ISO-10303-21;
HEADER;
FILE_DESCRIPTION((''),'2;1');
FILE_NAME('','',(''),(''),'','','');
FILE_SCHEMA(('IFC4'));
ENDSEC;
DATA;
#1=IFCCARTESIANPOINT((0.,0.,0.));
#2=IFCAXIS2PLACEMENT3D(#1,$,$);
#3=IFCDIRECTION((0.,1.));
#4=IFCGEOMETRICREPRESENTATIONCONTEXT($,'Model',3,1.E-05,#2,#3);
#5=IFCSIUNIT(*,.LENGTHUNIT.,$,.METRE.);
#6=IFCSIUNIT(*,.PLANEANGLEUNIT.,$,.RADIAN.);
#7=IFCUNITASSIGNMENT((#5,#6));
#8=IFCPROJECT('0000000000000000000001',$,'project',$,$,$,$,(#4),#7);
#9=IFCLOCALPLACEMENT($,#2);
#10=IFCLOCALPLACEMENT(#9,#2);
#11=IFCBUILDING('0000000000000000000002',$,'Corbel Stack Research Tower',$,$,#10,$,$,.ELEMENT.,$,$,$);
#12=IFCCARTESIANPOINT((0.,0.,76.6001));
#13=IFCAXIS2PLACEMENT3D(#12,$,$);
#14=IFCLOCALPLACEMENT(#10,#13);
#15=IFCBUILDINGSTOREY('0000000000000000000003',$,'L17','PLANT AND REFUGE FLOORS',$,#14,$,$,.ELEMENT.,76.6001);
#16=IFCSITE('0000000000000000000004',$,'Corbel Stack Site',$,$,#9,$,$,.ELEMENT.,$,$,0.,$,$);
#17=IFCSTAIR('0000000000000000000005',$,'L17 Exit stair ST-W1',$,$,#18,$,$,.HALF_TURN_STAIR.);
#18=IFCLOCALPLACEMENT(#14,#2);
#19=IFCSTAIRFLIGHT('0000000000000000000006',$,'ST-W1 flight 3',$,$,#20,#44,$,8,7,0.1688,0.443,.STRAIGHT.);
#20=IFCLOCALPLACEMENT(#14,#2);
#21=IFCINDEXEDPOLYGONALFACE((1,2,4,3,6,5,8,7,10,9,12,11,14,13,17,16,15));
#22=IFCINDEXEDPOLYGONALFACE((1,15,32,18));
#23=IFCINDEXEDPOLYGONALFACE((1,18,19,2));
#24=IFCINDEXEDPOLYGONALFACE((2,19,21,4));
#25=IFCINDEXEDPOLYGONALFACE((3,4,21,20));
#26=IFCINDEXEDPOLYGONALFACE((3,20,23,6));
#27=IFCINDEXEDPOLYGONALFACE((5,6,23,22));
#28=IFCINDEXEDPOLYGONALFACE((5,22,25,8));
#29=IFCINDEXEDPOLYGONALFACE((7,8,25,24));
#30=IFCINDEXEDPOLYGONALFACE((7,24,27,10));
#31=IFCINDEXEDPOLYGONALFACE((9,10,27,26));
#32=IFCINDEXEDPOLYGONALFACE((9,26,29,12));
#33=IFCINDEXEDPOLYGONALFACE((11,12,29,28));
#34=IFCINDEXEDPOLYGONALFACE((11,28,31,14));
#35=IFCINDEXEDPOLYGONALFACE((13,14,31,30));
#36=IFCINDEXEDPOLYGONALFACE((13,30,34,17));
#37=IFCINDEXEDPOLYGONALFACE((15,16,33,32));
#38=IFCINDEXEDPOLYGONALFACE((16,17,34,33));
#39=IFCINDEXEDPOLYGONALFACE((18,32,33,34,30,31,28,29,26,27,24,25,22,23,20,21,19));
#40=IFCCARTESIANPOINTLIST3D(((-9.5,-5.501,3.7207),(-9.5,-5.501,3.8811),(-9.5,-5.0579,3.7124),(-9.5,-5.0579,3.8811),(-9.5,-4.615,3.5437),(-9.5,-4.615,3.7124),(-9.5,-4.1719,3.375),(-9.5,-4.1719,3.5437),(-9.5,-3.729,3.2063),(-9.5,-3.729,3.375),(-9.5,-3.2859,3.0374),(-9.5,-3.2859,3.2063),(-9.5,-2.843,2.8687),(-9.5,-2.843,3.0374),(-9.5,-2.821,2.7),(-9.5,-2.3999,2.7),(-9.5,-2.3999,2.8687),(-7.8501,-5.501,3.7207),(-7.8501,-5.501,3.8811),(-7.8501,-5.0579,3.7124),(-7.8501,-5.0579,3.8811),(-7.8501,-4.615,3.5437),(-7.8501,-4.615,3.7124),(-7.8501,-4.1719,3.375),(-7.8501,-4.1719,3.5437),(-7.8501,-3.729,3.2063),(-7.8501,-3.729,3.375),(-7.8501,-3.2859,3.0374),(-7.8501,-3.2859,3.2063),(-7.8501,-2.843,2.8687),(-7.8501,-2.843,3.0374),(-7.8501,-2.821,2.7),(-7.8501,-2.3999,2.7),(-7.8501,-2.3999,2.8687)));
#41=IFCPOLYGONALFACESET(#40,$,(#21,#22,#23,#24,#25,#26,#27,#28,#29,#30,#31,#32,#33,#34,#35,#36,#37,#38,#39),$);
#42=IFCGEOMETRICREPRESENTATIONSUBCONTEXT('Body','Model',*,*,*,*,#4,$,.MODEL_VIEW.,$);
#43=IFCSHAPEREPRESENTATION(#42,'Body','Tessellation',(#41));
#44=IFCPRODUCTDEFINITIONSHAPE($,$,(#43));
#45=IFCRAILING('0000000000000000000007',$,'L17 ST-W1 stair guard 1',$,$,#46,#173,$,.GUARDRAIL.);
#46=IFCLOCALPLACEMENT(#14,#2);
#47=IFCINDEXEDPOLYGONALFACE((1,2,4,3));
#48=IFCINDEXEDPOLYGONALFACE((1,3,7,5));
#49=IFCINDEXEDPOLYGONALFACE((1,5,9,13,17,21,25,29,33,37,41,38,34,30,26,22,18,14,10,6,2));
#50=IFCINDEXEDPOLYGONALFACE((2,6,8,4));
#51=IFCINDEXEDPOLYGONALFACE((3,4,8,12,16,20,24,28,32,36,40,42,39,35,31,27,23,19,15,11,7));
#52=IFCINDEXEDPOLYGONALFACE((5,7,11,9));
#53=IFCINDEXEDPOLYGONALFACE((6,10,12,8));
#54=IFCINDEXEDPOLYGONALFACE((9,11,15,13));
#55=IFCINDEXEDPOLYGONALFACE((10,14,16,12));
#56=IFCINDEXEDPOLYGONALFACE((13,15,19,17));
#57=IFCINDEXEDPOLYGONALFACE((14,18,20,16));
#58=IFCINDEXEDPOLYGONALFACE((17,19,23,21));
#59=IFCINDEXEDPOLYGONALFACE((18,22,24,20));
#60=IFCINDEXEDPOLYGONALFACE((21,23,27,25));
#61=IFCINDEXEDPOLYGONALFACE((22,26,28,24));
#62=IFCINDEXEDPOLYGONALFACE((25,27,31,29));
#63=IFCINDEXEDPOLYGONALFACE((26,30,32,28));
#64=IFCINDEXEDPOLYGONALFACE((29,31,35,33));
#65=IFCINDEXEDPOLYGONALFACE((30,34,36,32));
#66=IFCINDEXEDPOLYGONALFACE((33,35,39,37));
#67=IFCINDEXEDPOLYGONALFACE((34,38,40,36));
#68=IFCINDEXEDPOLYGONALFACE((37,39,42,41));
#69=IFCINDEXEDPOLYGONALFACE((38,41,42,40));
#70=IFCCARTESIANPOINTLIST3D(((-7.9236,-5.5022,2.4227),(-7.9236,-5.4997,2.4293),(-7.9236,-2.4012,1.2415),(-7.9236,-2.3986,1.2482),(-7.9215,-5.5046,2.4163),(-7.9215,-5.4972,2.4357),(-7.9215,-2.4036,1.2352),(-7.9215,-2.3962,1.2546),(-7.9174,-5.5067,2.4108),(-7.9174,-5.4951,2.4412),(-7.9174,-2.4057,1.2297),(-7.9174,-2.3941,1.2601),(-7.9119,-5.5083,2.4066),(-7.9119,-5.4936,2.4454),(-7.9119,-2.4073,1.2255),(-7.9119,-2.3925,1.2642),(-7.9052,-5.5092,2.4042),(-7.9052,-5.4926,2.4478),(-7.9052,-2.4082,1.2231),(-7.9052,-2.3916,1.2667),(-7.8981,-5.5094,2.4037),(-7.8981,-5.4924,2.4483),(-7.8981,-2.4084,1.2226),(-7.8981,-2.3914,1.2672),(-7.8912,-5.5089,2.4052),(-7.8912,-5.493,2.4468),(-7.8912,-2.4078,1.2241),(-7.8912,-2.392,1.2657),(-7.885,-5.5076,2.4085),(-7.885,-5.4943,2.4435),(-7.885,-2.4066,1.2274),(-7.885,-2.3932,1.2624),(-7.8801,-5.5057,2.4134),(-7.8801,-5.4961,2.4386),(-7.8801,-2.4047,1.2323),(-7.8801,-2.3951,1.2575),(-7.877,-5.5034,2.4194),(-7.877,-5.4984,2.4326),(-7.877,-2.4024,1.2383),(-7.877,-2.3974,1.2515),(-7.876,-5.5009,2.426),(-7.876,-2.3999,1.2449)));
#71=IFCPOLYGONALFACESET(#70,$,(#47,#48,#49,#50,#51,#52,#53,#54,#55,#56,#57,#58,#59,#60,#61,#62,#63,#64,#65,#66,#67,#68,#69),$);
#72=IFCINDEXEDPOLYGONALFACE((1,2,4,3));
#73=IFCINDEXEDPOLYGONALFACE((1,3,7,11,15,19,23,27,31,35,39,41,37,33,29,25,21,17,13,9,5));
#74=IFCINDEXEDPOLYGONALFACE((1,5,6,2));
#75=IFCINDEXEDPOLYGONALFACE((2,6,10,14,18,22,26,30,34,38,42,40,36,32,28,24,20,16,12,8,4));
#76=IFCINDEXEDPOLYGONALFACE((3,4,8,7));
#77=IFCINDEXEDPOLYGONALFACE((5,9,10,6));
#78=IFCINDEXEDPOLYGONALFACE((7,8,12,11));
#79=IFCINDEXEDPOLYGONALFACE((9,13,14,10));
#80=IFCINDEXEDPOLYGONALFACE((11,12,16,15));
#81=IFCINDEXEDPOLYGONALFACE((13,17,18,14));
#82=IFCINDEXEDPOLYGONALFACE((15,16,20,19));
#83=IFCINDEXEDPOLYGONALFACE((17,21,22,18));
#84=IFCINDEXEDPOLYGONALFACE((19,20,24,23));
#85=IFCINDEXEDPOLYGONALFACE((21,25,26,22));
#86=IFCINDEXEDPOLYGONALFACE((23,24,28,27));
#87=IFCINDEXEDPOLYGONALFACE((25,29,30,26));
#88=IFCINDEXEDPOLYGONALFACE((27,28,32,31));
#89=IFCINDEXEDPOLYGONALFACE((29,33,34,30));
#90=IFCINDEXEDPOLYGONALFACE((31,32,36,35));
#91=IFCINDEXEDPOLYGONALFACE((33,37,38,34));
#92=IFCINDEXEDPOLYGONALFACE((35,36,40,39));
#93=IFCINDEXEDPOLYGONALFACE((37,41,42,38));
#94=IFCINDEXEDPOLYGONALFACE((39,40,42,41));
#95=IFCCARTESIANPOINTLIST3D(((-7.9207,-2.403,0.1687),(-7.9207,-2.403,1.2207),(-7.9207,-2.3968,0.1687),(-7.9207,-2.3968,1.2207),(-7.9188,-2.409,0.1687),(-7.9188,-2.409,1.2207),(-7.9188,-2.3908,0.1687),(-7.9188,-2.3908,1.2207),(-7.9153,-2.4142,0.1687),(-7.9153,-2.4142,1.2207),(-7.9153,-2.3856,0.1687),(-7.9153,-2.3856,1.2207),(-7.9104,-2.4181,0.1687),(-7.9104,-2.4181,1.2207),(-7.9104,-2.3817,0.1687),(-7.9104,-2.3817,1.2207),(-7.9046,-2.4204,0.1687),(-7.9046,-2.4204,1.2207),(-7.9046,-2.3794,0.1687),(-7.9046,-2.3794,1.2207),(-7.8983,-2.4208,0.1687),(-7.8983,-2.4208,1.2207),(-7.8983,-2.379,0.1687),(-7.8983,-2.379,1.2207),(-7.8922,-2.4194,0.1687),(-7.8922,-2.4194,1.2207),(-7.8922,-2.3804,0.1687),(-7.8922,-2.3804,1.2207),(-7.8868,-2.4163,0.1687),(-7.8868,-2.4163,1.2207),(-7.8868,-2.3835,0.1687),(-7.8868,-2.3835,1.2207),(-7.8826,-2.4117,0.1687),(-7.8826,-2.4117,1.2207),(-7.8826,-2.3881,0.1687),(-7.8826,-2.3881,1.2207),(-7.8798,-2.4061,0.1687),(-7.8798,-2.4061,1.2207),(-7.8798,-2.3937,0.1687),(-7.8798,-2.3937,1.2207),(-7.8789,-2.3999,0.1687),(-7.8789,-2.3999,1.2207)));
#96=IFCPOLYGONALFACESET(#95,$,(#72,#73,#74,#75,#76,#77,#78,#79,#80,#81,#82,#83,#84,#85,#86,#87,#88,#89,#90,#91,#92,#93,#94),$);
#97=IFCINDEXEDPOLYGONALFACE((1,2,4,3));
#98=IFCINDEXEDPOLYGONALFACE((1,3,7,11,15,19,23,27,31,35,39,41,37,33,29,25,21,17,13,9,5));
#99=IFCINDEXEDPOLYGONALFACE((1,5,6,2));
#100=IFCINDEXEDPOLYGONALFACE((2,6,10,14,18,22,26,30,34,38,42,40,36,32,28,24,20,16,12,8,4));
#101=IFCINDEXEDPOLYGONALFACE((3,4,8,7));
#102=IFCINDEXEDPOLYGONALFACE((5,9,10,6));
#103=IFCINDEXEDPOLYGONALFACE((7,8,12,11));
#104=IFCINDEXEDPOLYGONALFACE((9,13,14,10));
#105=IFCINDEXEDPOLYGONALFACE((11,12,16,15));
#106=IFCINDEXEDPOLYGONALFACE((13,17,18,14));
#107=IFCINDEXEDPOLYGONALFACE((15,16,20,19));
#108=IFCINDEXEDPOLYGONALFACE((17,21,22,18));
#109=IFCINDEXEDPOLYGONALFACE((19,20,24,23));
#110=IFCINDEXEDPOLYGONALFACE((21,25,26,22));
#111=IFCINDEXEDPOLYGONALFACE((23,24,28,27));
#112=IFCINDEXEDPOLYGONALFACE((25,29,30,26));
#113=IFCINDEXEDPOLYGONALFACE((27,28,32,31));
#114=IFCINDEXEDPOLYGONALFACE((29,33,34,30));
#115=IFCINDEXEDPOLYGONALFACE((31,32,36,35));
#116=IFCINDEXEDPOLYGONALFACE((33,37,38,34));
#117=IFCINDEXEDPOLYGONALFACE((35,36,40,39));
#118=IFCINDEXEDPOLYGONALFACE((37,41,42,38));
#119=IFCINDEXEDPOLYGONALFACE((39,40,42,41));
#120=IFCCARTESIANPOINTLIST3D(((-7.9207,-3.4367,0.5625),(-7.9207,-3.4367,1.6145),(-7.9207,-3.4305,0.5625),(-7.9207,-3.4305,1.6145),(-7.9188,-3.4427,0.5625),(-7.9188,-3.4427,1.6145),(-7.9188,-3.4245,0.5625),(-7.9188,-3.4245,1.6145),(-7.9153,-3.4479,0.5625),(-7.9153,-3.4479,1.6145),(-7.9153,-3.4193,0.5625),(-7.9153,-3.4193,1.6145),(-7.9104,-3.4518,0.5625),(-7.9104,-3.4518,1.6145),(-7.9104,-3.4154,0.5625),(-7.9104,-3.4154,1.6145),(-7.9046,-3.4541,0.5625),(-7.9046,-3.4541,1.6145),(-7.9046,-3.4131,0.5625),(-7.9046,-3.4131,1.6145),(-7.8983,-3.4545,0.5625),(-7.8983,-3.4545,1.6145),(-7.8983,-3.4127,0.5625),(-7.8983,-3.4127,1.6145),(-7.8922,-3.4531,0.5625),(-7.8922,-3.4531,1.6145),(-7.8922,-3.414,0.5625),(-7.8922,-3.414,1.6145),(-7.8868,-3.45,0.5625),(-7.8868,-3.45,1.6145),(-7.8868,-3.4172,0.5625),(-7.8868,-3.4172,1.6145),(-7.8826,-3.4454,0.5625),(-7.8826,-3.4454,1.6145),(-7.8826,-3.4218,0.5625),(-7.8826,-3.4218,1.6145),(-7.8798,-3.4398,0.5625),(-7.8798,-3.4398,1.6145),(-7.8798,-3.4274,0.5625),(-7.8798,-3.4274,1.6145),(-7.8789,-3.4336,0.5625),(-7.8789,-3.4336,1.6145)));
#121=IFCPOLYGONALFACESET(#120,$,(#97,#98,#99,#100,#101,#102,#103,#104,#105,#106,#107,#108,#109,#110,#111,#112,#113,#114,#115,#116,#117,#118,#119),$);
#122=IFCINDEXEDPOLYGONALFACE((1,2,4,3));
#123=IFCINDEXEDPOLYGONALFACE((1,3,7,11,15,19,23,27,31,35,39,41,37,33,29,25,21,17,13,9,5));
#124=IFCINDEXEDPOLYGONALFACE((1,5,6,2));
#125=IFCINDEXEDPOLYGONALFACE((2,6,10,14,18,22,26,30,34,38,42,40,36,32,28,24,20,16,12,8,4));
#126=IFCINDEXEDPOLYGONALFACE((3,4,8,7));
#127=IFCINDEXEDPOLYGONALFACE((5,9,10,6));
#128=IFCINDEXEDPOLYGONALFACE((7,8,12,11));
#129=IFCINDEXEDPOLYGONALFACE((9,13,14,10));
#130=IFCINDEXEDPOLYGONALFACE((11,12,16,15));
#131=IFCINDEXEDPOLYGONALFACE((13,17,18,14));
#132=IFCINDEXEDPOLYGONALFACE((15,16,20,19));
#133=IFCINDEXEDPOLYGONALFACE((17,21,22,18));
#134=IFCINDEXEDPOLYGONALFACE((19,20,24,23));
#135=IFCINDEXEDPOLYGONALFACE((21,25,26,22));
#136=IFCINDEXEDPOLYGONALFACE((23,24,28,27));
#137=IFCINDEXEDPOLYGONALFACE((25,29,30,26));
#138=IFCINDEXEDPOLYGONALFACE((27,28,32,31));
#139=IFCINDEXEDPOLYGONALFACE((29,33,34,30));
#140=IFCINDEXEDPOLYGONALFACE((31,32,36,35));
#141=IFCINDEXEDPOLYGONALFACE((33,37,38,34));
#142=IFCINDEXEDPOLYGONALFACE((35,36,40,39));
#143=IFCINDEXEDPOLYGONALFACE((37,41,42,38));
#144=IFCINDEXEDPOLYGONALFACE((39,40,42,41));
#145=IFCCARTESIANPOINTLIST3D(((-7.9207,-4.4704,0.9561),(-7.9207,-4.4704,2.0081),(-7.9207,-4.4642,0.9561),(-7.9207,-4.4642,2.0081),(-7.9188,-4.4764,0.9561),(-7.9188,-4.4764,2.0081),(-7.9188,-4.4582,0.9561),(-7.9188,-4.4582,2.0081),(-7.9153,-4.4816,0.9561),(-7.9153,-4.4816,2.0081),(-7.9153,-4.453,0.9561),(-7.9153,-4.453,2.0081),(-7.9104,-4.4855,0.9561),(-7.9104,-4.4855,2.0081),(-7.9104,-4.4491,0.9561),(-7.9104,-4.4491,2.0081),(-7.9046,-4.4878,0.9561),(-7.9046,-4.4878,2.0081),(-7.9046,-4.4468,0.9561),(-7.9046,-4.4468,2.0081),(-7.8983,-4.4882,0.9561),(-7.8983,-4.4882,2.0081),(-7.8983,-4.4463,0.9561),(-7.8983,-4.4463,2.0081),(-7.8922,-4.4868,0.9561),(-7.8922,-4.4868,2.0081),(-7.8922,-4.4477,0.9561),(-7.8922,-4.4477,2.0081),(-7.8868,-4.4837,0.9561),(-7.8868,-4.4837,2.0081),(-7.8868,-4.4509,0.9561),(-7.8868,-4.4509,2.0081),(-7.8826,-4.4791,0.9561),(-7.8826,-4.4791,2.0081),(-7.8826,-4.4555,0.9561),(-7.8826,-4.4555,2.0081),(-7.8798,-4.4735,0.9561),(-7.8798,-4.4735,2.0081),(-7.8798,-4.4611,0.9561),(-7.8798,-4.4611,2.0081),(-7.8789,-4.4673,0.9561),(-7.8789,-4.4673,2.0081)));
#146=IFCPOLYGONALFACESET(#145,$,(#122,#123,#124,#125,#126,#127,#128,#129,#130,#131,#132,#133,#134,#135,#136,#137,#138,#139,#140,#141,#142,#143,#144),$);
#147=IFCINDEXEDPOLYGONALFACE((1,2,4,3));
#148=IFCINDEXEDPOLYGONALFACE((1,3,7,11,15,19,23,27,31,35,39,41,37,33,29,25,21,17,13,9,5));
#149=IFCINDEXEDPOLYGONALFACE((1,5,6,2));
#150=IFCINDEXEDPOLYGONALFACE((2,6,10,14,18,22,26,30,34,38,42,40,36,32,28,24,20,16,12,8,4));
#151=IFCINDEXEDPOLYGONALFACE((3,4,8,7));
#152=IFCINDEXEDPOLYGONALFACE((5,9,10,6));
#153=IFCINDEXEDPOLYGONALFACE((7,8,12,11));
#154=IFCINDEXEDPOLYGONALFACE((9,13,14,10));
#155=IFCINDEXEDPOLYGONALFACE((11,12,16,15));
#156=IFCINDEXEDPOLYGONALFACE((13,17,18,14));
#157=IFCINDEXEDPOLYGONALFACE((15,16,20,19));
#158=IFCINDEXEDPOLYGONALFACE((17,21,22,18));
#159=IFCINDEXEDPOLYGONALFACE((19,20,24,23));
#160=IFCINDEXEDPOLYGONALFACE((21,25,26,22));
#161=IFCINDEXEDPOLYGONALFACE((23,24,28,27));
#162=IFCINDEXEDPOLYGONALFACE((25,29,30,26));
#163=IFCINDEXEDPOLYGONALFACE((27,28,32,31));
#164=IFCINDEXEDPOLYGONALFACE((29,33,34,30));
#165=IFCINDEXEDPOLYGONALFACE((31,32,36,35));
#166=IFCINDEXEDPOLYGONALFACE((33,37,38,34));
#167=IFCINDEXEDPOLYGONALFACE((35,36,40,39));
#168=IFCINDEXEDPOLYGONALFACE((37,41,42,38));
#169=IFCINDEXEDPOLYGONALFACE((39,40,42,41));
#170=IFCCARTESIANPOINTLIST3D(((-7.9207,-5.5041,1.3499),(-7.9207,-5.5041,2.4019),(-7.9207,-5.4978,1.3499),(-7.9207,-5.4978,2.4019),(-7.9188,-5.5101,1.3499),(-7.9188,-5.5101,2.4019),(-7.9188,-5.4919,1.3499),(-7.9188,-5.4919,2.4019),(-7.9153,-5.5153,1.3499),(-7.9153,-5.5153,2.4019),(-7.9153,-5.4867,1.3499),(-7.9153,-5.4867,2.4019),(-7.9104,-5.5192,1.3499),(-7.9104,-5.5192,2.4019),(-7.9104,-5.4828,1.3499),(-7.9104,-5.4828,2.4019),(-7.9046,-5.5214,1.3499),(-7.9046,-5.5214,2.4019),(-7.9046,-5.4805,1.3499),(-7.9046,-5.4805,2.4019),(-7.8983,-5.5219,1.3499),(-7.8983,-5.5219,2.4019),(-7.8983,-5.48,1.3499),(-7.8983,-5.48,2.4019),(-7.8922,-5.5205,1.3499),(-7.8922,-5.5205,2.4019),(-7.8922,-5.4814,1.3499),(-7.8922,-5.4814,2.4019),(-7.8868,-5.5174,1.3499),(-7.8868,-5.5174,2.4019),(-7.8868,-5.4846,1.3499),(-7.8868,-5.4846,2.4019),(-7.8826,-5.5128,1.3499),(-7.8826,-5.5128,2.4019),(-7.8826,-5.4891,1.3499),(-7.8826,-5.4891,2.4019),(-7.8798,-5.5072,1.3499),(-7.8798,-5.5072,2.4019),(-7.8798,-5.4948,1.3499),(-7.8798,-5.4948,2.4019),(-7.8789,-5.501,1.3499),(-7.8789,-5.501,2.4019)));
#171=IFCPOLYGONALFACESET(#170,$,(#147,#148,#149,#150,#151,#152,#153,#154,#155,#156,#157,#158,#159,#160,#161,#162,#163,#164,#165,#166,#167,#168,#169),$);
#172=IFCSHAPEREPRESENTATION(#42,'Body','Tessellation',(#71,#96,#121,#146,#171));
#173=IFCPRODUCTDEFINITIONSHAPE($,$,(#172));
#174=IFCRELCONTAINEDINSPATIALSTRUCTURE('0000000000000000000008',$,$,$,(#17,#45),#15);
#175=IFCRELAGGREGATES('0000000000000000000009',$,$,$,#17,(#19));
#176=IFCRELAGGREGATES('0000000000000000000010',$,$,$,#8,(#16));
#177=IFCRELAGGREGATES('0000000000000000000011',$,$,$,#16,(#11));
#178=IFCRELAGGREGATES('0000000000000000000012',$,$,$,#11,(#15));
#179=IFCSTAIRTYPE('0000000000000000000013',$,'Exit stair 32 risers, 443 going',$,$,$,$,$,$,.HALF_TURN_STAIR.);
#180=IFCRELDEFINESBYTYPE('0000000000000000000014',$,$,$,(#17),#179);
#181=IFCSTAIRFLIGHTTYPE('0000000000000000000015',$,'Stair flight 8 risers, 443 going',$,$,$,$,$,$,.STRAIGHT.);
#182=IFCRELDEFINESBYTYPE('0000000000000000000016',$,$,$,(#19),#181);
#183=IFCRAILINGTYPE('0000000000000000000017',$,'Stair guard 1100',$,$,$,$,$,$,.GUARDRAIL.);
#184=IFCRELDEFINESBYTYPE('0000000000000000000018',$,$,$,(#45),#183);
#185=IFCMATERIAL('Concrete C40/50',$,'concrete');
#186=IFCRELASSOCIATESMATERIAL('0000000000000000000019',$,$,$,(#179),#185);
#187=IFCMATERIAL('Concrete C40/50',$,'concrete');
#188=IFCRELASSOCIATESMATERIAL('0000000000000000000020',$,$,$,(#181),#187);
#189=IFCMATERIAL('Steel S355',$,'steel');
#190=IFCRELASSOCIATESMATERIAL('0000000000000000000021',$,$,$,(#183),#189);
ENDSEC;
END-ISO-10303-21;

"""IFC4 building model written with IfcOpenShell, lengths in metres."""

from ifc_helpers import new_model, si_unit, direction, frame, origin, origin_2d, place, context, subcontext, project, spatial, polyline, circle, outline, extrude, material, type_object, element, aggregate, save


model = new_model("IFC4")

# Units and contexts
model_context = context("Model", 3, precision=1e-05, world=origin(), true_north=direction((0.0, 1.0)))
body_context = subcontext(model_context, "Body", "Model", "MODEL_VIEW")
ifc_project = project(units=[si_unit("LENGTHUNIT", "METRE"), si_unit("PLANEANGLEUNIT", "RADIAN")], contexts=[model_context])

# Site, building, storey
site_placement = place(None, origin())
site = spatial("IfcSite", under=ifc_project, at=site_placement, Name="Corbel Stack Site", CompositionType="ELEMENT", RefElevation=0.0)
building_placement = place(site_placement, origin())
building = spatial("IfcBuilding", under=site, at=building_placement, Name="Corbel Stack Research Tower", CompositionType="ELEMENT")
storey_placement = place(building_placement, frame((0.0, 0.0, 76.6001)))
storey = spatial("IfcBuildingStorey", under=building, at=storey_placement, Name="L17", Description="PLANT AND REFUGE FLOORS", CompositionType="ELEMENT", Elevation=76.6001)

# Stair, stair flight
ifc_material_1 = material(Name="Concrete C40/50", Category="concrete")
stair_type = type_object("IfcStairType", Name="Exit stair 32 risers, 443 going", PredefinedType="HALF_TURN_STAIR", material=ifc_material_1)
stair_placement = place(storey_placement, origin())
stair = element("IfcStair", 1, at=stair_placement, inside=storey, type_object=stair_type, Name="L17 Exit stair ST-W1", PredefinedType="HALF_TURN_STAIR")
ifc_material_2 = material(Name="Concrete C40/50", Category="concrete")
stair_flight_type = type_object("IfcStairFlightType", Name="Stair flight 8 risers, 443 going", PredefinedType="STRAIGHT", material=ifc_material_2)
stair_flight_1_placement = place(storey_placement, frame((-8.675, -2.3999, 2.7), z_axis=(0.0, 0.0, 1.0), x_axis=(0.0, -1.0, 0.0)))
stair_flight_1 = element("IfcStairFlight", 2, at=stair_flight_1_placement, type_object=stair_flight_type, Name="ST-W1 flight 3", NumberOfRisers=8, NumberOfTreads=7, PredefinedType="STRAIGHT", RiserHeight=0.1688, TreadLength=0.443, context=body_context, shape_type="SweptSolid", body=[
    extrude(outline(polyline([(0.0, 0.0), (0.0, 0.1687), (0.4431, 0.1687), (0.4431, 0.3374), (0.886, 0.3374), (0.886, 0.5063), (1.3291, 0.5063), (1.3291, 0.675), (1.772, 0.675), (1.772, 0.8438), (2.2151, 0.8438), (2.2151, 1.0125), (2.658, 1.0125), (2.658, 1.1812), (3.1011, 1.1812), (3.1011, 1.3501), (3.1011, 1.0208), (0.4211, 0.0), (0.0, 0.0)])), frame((0.0, 0.825, 0.0), z_axis=(0.0, -1.0, 0.0), x_axis=(1.0, 0.0, 0.0)), (0.0, 0.0, 1.0), 1.6499),
])
aggregate(stair, [stair_flight_1])

# Railing
ifc_material_3 = material(Name="Steel S355", Category="steel")
railing_type_1 = type_object("IfcRailingType", Name="Stair guard 1100", PredefinedType="GUARDRAIL", material=ifc_material_3)
railing_1_placement = place(storey_placement, frame((-7.8999, -2.3999, 0.1687)))
element("IfcRailing", 3, at=railing_1_placement, inside=storey, type_object=railing_type_1, Name="L17 ST-W1 stair guard 1", PredefinedType="GUARDRAIL", context=body_context, shape_type="SweptSolid", body=[
    extrude(circle(Radius=0.0239, at=origin_2d()), frame((0.0, 0.0, 1.0762), z_axis=(0.0, -0.934509, 0.35594), x_axis=(1.0, 0.0, 0.0)), (0.0, 0.0, 1.0), 3.3184),
    extrude(circle(Radius=0.021, at=origin_2d()), origin(), (0.0, 0.0, 1.0), 1.052),
    extrude(circle(Radius=0.021, at=origin_2d()), frame((0.0, -1.0337, 0.3938)), (0.0, 0.0, 1.0), 1.052),
    extrude(circle(Radius=0.021, at=origin_2d()), frame((0.0, -2.0674, 0.7874)), (0.0, 0.0, 1.0), 1.052),
    extrude(circle(Radius=0.021, at=origin_2d()), frame((0.0, -3.1011, 1.1812)), (0.0, 0.0, 1.0), 1.052),
])

save(model, "model.ifc")
